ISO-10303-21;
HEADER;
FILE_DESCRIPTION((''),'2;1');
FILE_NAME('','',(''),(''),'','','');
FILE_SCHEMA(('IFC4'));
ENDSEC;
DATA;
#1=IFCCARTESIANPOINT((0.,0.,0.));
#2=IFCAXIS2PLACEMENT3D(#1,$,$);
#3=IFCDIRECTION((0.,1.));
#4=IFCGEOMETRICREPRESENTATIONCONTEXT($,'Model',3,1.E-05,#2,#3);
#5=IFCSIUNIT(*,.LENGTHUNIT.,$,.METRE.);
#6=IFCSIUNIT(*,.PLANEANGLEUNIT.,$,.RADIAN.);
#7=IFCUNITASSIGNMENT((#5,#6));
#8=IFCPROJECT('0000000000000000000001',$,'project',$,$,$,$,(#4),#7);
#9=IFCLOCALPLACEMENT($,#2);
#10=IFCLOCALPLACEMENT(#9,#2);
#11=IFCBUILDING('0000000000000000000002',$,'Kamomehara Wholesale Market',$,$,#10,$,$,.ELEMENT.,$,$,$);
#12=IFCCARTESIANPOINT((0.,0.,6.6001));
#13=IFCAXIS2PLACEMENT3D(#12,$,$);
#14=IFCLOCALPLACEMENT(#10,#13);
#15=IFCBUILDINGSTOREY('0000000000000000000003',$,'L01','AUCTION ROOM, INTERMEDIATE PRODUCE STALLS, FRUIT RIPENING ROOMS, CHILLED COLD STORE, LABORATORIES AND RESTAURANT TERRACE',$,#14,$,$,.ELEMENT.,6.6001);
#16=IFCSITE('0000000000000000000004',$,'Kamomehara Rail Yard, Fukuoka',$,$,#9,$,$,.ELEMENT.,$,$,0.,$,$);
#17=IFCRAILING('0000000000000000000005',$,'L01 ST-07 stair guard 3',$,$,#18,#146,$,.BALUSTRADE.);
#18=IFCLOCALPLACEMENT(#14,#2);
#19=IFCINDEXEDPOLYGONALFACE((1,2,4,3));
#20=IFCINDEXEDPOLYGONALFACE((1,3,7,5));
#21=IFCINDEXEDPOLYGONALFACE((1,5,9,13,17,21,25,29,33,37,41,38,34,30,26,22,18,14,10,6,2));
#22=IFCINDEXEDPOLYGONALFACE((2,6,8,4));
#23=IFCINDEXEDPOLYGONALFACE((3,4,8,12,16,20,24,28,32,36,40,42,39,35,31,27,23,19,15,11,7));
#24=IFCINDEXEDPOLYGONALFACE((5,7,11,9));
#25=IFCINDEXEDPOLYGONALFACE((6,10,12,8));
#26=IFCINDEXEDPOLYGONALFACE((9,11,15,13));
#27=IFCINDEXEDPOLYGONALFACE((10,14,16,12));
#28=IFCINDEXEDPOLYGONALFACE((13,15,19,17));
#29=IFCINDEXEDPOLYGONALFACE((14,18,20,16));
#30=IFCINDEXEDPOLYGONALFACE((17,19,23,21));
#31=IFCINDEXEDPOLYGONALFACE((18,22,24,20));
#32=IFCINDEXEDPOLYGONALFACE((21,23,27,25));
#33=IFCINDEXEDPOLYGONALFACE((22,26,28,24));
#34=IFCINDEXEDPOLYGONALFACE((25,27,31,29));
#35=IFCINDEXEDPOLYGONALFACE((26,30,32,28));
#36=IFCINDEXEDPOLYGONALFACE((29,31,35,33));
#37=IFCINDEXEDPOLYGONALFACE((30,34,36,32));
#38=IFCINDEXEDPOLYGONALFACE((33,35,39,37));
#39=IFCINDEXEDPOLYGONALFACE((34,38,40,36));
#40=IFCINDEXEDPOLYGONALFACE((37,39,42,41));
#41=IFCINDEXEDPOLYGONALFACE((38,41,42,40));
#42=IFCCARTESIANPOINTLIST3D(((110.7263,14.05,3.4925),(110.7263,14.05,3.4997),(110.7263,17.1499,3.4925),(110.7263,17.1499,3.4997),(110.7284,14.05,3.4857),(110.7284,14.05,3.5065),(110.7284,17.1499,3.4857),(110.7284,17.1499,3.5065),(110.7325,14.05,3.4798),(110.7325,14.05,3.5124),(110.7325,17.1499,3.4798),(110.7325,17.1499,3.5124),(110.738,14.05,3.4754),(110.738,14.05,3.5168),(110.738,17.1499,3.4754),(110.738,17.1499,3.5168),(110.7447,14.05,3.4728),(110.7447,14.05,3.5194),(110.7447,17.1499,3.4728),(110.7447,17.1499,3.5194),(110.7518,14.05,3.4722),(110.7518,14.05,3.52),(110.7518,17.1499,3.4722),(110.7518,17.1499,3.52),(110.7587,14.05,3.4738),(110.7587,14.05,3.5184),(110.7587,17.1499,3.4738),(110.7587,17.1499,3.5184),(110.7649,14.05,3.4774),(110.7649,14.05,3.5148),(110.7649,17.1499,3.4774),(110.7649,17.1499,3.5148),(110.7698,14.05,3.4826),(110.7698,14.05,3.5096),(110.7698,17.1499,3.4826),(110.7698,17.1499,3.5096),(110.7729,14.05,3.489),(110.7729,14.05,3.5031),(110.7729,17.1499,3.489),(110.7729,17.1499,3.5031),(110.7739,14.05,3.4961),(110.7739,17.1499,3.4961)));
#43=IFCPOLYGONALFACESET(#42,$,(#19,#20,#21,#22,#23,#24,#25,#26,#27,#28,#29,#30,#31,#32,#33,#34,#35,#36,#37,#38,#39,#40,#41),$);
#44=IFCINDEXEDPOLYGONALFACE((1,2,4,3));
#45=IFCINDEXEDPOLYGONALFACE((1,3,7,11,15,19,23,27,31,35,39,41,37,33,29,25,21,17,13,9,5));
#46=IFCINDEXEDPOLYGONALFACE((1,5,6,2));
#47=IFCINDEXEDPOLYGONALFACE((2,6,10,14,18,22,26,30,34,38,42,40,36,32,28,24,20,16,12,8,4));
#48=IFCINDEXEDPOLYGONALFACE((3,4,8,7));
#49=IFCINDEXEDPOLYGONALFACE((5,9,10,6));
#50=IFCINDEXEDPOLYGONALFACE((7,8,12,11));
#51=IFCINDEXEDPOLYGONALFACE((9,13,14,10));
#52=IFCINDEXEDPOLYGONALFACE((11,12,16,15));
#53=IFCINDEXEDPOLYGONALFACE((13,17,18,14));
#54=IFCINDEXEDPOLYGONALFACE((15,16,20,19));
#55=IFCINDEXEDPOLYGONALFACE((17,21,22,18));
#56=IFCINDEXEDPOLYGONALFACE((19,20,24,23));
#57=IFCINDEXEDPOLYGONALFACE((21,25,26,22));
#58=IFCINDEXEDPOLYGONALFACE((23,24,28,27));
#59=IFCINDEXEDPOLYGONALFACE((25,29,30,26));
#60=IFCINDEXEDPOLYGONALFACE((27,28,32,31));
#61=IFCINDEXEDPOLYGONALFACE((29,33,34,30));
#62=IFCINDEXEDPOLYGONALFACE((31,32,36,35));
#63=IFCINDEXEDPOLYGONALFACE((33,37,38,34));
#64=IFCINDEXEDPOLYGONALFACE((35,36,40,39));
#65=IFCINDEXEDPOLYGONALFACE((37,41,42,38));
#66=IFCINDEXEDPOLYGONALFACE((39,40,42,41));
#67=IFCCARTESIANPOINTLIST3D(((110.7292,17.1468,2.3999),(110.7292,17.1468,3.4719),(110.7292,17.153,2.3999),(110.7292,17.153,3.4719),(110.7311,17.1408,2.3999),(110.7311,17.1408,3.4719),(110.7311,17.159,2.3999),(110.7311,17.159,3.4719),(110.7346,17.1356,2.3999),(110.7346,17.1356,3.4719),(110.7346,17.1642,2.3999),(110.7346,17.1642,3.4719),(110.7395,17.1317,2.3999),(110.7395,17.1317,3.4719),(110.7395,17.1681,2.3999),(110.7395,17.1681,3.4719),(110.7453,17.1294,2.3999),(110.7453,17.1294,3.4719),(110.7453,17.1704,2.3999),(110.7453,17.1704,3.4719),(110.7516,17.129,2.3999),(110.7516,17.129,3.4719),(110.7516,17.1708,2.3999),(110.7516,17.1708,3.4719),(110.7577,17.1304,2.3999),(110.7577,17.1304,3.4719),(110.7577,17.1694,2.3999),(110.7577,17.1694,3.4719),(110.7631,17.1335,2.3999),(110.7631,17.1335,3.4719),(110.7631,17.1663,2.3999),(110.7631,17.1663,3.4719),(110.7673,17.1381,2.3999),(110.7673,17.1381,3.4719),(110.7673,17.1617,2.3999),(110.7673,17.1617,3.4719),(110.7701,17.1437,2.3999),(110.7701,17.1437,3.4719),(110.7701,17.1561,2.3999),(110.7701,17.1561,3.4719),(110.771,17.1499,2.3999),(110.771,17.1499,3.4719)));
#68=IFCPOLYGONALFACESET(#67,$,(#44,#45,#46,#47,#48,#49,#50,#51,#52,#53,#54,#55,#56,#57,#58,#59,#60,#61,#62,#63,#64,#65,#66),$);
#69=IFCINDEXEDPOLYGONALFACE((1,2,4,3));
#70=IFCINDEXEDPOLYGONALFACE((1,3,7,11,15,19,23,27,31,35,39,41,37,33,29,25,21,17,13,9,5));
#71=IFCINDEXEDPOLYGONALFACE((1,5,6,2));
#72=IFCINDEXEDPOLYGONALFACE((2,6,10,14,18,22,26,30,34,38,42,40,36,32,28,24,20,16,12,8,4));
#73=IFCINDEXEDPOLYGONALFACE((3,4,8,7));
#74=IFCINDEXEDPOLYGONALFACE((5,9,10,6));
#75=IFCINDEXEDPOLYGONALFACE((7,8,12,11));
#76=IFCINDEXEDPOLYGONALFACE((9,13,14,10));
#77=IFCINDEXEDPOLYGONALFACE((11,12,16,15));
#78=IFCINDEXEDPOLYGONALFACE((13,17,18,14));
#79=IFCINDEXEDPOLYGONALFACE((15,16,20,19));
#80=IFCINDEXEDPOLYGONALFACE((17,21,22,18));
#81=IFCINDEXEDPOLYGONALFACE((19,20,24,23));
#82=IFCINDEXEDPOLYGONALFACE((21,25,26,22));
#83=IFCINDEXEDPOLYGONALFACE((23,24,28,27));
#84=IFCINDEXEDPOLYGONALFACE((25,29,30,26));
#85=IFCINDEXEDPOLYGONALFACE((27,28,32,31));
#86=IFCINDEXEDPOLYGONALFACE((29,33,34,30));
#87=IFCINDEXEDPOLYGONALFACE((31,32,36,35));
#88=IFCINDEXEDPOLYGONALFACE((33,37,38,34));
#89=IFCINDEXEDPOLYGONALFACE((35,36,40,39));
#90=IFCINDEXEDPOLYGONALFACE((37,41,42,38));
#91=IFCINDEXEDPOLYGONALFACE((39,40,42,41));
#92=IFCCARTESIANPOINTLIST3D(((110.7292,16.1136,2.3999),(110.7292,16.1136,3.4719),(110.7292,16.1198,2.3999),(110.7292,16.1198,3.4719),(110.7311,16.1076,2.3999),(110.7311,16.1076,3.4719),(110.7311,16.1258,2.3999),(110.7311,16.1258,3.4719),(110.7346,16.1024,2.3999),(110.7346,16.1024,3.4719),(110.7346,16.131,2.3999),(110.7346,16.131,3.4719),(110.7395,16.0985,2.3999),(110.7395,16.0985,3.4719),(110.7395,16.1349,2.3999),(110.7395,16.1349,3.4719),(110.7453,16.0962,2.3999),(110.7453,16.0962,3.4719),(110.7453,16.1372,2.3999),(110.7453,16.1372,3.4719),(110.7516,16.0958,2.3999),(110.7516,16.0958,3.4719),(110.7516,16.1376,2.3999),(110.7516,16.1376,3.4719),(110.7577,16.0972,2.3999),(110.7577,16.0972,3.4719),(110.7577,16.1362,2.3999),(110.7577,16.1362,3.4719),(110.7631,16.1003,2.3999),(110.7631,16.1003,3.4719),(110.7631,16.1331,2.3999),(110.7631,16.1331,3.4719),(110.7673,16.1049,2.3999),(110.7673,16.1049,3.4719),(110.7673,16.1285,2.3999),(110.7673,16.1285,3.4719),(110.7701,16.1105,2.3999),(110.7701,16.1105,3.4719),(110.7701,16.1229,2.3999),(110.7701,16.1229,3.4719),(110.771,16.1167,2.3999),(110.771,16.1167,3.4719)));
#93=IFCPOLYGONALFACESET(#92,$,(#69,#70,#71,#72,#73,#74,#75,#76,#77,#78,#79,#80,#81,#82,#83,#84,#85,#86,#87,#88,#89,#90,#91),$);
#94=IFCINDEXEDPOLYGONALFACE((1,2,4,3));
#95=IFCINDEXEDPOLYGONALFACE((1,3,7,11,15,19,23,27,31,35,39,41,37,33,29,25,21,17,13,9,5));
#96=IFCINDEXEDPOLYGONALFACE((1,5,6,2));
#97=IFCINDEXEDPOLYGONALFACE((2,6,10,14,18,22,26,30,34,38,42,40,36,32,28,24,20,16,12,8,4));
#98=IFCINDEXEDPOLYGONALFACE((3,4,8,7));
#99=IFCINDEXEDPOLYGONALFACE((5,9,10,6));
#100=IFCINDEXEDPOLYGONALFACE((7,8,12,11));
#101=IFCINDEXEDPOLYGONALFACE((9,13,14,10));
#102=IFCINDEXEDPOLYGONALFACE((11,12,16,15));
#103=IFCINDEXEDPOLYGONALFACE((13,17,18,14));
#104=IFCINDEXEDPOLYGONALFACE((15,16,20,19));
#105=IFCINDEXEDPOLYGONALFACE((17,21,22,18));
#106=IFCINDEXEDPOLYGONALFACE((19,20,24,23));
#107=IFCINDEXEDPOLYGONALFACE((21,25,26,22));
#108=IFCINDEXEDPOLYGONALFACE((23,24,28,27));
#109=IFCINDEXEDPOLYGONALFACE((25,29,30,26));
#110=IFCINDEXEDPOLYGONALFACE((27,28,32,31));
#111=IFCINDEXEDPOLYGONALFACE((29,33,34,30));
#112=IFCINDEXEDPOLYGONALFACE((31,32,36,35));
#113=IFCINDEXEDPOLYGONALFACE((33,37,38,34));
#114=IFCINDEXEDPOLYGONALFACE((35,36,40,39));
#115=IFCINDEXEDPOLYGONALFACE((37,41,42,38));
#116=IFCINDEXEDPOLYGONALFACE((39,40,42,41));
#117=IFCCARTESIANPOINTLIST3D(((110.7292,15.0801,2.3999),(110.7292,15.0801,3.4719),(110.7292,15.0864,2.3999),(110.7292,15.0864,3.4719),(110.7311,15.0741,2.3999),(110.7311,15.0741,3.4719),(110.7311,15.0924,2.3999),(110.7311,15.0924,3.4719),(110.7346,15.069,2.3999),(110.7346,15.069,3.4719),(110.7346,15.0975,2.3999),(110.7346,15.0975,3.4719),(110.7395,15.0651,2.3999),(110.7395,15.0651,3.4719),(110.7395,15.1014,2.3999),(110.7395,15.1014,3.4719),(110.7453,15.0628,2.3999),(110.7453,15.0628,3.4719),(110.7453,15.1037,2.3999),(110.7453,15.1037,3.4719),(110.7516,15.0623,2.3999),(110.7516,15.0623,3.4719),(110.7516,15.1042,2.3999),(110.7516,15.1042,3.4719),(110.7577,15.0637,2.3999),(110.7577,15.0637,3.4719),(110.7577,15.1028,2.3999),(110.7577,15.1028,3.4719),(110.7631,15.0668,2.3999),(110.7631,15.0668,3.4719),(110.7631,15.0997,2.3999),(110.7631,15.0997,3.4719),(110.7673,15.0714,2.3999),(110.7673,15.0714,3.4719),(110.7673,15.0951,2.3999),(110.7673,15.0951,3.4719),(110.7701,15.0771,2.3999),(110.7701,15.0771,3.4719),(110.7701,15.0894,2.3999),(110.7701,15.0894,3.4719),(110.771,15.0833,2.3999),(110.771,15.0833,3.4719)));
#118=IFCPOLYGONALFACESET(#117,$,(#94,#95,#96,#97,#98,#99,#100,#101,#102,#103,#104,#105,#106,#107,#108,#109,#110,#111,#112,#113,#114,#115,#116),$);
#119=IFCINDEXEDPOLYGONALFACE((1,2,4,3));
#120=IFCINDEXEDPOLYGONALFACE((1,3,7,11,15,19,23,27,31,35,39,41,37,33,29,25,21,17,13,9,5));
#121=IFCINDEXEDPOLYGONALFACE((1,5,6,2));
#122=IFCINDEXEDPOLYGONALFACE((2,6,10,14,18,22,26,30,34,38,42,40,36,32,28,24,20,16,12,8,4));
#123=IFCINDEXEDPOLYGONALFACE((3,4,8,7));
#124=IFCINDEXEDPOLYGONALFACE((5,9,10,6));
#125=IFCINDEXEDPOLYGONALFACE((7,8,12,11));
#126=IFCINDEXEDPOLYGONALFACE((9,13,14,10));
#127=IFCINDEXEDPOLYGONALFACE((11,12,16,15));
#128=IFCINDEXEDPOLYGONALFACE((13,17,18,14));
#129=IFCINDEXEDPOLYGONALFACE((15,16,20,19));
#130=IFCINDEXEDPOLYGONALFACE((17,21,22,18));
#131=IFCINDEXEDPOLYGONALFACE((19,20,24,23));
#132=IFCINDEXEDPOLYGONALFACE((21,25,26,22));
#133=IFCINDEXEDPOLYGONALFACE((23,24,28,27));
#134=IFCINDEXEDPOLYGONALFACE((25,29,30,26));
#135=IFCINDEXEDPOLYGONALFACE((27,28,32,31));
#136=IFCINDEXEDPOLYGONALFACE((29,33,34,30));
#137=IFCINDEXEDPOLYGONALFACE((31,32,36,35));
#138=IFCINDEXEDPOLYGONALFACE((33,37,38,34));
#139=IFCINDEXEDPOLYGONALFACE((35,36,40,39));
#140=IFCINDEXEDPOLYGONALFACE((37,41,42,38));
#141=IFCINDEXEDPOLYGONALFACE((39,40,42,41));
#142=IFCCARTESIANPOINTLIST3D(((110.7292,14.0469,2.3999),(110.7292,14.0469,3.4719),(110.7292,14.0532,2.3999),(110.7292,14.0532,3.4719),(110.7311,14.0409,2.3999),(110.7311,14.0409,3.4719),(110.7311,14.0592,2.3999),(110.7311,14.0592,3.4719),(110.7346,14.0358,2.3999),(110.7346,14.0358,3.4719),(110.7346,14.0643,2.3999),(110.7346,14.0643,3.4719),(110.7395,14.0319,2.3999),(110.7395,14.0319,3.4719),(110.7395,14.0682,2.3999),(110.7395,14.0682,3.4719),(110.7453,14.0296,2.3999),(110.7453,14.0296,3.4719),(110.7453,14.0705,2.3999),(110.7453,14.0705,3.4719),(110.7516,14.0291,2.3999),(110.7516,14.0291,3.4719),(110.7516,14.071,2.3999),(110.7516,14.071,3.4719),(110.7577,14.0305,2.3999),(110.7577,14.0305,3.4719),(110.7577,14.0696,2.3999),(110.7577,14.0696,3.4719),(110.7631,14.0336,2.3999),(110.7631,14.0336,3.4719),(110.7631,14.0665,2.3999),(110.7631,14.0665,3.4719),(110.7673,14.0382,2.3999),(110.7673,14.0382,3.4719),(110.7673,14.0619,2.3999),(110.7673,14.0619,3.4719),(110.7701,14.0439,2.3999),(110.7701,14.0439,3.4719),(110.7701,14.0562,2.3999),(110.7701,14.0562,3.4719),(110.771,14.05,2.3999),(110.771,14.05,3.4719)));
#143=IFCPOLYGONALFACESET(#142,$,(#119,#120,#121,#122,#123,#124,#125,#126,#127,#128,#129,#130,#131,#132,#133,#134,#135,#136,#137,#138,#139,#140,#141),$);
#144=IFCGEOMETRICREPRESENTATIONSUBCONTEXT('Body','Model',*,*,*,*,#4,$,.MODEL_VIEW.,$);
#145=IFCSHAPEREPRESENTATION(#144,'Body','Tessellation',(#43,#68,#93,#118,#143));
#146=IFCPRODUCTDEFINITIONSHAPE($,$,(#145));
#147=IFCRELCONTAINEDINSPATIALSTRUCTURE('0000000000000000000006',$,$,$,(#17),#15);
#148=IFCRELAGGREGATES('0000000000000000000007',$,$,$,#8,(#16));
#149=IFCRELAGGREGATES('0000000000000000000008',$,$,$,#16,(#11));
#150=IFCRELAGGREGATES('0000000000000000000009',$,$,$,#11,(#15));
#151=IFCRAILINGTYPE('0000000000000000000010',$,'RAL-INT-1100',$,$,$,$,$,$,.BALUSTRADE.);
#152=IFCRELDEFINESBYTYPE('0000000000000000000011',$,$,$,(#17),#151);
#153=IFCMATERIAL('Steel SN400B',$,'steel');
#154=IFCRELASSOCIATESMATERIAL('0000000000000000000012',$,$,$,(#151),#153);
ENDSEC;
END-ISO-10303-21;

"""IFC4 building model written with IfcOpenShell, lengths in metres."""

from ifc_helpers import new_model, si_unit, direction, frame, origin, origin_2d, place, context, subcontext, project, spatial, circle, extrude, material, type_object, element, save


model = new_model("IFC4")

# Units and contexts
model_context = context("Model", 3, precision=1e-05, world=origin(), true_north=direction((0.0, 1.0)))
body_context = subcontext(model_context, "Body", "Model", "MODEL_VIEW")
ifc_project = project(units=[si_unit("LENGTHUNIT", "METRE"), si_unit("PLANEANGLEUNIT", "RADIAN")], contexts=[model_context])

# Site, building, storey
site_placement = place(None, origin())
site = spatial("IfcSite", under=ifc_project, at=site_placement, Name="Kamomehara Rail Yard, Fukuoka", CompositionType="ELEMENT", RefElevation=0.0)
building_placement = place(site_placement, origin())
building = spatial("IfcBuilding", under=site, at=building_placement, Name="Kamomehara Wholesale Market", CompositionType="ELEMENT")
storey_placement = place(building_placement, frame((0.0, 0.0, 6.6001)))
storey = spatial("IfcBuildingStorey", under=building, at=storey_placement, Name="L01", Description="AUCTION ROOM, INTERMEDIATE PRODUCE STALLS, FRUIT RIPENING ROOMS, CHILLED COLD STORE, LABORATORIES AND RESTAURANT TERRACE", CompositionType="ELEMENT", Elevation=6.6001)

# Railing
ifc_material_1 = material(Name="Steel SN400B", Category="steel")
railing_type_1 = type_object("IfcRailingType", Name="RAL-INT-1100", PredefinedType="BALUSTRADE", material=ifc_material_1)
railing_1_placement = place(storey_placement, frame((110.75, 17.1499, 2.3999)))
element("IfcRailing", 1, at=railing_1_placement, inside=storey, type_object=railing_type_1, Name="L01 ST-07 stair guard 3", PredefinedType="BALUSTRADE", context=body_context, shape_type="SweptSolid", body=[
    extrude(circle(Radius=0.0239, at=origin_2d()), frame((0.0, 0.0, 1.0962), z_axis=(0.0, -1.0, 0.0), x_axis=(1.0, 0.0, 0.0)), (0.0, 0.0, 1.0), 3.0999),
    extrude(circle(Radius=0.021, at=origin_2d()), origin(), (0.0, 0.0, 1.0), 1.072),
    extrude(circle(Radius=0.021, at=origin_2d()), frame((0.0, -1.0332, 0.0)), (0.0, 0.0, 1.0), 1.072),
    extrude(circle(Radius=0.021, at=origin_2d()), frame((0.0, -2.0667, 0.0)), (0.0, 0.0, 1.0), 1.072),
    extrude(circle(Radius=0.021, at=origin_2d()), frame((0.0, -3.0999, 0.0)), (0.0, 0.0, 1.0), 1.072),
])

save(model, "model.ifc")
